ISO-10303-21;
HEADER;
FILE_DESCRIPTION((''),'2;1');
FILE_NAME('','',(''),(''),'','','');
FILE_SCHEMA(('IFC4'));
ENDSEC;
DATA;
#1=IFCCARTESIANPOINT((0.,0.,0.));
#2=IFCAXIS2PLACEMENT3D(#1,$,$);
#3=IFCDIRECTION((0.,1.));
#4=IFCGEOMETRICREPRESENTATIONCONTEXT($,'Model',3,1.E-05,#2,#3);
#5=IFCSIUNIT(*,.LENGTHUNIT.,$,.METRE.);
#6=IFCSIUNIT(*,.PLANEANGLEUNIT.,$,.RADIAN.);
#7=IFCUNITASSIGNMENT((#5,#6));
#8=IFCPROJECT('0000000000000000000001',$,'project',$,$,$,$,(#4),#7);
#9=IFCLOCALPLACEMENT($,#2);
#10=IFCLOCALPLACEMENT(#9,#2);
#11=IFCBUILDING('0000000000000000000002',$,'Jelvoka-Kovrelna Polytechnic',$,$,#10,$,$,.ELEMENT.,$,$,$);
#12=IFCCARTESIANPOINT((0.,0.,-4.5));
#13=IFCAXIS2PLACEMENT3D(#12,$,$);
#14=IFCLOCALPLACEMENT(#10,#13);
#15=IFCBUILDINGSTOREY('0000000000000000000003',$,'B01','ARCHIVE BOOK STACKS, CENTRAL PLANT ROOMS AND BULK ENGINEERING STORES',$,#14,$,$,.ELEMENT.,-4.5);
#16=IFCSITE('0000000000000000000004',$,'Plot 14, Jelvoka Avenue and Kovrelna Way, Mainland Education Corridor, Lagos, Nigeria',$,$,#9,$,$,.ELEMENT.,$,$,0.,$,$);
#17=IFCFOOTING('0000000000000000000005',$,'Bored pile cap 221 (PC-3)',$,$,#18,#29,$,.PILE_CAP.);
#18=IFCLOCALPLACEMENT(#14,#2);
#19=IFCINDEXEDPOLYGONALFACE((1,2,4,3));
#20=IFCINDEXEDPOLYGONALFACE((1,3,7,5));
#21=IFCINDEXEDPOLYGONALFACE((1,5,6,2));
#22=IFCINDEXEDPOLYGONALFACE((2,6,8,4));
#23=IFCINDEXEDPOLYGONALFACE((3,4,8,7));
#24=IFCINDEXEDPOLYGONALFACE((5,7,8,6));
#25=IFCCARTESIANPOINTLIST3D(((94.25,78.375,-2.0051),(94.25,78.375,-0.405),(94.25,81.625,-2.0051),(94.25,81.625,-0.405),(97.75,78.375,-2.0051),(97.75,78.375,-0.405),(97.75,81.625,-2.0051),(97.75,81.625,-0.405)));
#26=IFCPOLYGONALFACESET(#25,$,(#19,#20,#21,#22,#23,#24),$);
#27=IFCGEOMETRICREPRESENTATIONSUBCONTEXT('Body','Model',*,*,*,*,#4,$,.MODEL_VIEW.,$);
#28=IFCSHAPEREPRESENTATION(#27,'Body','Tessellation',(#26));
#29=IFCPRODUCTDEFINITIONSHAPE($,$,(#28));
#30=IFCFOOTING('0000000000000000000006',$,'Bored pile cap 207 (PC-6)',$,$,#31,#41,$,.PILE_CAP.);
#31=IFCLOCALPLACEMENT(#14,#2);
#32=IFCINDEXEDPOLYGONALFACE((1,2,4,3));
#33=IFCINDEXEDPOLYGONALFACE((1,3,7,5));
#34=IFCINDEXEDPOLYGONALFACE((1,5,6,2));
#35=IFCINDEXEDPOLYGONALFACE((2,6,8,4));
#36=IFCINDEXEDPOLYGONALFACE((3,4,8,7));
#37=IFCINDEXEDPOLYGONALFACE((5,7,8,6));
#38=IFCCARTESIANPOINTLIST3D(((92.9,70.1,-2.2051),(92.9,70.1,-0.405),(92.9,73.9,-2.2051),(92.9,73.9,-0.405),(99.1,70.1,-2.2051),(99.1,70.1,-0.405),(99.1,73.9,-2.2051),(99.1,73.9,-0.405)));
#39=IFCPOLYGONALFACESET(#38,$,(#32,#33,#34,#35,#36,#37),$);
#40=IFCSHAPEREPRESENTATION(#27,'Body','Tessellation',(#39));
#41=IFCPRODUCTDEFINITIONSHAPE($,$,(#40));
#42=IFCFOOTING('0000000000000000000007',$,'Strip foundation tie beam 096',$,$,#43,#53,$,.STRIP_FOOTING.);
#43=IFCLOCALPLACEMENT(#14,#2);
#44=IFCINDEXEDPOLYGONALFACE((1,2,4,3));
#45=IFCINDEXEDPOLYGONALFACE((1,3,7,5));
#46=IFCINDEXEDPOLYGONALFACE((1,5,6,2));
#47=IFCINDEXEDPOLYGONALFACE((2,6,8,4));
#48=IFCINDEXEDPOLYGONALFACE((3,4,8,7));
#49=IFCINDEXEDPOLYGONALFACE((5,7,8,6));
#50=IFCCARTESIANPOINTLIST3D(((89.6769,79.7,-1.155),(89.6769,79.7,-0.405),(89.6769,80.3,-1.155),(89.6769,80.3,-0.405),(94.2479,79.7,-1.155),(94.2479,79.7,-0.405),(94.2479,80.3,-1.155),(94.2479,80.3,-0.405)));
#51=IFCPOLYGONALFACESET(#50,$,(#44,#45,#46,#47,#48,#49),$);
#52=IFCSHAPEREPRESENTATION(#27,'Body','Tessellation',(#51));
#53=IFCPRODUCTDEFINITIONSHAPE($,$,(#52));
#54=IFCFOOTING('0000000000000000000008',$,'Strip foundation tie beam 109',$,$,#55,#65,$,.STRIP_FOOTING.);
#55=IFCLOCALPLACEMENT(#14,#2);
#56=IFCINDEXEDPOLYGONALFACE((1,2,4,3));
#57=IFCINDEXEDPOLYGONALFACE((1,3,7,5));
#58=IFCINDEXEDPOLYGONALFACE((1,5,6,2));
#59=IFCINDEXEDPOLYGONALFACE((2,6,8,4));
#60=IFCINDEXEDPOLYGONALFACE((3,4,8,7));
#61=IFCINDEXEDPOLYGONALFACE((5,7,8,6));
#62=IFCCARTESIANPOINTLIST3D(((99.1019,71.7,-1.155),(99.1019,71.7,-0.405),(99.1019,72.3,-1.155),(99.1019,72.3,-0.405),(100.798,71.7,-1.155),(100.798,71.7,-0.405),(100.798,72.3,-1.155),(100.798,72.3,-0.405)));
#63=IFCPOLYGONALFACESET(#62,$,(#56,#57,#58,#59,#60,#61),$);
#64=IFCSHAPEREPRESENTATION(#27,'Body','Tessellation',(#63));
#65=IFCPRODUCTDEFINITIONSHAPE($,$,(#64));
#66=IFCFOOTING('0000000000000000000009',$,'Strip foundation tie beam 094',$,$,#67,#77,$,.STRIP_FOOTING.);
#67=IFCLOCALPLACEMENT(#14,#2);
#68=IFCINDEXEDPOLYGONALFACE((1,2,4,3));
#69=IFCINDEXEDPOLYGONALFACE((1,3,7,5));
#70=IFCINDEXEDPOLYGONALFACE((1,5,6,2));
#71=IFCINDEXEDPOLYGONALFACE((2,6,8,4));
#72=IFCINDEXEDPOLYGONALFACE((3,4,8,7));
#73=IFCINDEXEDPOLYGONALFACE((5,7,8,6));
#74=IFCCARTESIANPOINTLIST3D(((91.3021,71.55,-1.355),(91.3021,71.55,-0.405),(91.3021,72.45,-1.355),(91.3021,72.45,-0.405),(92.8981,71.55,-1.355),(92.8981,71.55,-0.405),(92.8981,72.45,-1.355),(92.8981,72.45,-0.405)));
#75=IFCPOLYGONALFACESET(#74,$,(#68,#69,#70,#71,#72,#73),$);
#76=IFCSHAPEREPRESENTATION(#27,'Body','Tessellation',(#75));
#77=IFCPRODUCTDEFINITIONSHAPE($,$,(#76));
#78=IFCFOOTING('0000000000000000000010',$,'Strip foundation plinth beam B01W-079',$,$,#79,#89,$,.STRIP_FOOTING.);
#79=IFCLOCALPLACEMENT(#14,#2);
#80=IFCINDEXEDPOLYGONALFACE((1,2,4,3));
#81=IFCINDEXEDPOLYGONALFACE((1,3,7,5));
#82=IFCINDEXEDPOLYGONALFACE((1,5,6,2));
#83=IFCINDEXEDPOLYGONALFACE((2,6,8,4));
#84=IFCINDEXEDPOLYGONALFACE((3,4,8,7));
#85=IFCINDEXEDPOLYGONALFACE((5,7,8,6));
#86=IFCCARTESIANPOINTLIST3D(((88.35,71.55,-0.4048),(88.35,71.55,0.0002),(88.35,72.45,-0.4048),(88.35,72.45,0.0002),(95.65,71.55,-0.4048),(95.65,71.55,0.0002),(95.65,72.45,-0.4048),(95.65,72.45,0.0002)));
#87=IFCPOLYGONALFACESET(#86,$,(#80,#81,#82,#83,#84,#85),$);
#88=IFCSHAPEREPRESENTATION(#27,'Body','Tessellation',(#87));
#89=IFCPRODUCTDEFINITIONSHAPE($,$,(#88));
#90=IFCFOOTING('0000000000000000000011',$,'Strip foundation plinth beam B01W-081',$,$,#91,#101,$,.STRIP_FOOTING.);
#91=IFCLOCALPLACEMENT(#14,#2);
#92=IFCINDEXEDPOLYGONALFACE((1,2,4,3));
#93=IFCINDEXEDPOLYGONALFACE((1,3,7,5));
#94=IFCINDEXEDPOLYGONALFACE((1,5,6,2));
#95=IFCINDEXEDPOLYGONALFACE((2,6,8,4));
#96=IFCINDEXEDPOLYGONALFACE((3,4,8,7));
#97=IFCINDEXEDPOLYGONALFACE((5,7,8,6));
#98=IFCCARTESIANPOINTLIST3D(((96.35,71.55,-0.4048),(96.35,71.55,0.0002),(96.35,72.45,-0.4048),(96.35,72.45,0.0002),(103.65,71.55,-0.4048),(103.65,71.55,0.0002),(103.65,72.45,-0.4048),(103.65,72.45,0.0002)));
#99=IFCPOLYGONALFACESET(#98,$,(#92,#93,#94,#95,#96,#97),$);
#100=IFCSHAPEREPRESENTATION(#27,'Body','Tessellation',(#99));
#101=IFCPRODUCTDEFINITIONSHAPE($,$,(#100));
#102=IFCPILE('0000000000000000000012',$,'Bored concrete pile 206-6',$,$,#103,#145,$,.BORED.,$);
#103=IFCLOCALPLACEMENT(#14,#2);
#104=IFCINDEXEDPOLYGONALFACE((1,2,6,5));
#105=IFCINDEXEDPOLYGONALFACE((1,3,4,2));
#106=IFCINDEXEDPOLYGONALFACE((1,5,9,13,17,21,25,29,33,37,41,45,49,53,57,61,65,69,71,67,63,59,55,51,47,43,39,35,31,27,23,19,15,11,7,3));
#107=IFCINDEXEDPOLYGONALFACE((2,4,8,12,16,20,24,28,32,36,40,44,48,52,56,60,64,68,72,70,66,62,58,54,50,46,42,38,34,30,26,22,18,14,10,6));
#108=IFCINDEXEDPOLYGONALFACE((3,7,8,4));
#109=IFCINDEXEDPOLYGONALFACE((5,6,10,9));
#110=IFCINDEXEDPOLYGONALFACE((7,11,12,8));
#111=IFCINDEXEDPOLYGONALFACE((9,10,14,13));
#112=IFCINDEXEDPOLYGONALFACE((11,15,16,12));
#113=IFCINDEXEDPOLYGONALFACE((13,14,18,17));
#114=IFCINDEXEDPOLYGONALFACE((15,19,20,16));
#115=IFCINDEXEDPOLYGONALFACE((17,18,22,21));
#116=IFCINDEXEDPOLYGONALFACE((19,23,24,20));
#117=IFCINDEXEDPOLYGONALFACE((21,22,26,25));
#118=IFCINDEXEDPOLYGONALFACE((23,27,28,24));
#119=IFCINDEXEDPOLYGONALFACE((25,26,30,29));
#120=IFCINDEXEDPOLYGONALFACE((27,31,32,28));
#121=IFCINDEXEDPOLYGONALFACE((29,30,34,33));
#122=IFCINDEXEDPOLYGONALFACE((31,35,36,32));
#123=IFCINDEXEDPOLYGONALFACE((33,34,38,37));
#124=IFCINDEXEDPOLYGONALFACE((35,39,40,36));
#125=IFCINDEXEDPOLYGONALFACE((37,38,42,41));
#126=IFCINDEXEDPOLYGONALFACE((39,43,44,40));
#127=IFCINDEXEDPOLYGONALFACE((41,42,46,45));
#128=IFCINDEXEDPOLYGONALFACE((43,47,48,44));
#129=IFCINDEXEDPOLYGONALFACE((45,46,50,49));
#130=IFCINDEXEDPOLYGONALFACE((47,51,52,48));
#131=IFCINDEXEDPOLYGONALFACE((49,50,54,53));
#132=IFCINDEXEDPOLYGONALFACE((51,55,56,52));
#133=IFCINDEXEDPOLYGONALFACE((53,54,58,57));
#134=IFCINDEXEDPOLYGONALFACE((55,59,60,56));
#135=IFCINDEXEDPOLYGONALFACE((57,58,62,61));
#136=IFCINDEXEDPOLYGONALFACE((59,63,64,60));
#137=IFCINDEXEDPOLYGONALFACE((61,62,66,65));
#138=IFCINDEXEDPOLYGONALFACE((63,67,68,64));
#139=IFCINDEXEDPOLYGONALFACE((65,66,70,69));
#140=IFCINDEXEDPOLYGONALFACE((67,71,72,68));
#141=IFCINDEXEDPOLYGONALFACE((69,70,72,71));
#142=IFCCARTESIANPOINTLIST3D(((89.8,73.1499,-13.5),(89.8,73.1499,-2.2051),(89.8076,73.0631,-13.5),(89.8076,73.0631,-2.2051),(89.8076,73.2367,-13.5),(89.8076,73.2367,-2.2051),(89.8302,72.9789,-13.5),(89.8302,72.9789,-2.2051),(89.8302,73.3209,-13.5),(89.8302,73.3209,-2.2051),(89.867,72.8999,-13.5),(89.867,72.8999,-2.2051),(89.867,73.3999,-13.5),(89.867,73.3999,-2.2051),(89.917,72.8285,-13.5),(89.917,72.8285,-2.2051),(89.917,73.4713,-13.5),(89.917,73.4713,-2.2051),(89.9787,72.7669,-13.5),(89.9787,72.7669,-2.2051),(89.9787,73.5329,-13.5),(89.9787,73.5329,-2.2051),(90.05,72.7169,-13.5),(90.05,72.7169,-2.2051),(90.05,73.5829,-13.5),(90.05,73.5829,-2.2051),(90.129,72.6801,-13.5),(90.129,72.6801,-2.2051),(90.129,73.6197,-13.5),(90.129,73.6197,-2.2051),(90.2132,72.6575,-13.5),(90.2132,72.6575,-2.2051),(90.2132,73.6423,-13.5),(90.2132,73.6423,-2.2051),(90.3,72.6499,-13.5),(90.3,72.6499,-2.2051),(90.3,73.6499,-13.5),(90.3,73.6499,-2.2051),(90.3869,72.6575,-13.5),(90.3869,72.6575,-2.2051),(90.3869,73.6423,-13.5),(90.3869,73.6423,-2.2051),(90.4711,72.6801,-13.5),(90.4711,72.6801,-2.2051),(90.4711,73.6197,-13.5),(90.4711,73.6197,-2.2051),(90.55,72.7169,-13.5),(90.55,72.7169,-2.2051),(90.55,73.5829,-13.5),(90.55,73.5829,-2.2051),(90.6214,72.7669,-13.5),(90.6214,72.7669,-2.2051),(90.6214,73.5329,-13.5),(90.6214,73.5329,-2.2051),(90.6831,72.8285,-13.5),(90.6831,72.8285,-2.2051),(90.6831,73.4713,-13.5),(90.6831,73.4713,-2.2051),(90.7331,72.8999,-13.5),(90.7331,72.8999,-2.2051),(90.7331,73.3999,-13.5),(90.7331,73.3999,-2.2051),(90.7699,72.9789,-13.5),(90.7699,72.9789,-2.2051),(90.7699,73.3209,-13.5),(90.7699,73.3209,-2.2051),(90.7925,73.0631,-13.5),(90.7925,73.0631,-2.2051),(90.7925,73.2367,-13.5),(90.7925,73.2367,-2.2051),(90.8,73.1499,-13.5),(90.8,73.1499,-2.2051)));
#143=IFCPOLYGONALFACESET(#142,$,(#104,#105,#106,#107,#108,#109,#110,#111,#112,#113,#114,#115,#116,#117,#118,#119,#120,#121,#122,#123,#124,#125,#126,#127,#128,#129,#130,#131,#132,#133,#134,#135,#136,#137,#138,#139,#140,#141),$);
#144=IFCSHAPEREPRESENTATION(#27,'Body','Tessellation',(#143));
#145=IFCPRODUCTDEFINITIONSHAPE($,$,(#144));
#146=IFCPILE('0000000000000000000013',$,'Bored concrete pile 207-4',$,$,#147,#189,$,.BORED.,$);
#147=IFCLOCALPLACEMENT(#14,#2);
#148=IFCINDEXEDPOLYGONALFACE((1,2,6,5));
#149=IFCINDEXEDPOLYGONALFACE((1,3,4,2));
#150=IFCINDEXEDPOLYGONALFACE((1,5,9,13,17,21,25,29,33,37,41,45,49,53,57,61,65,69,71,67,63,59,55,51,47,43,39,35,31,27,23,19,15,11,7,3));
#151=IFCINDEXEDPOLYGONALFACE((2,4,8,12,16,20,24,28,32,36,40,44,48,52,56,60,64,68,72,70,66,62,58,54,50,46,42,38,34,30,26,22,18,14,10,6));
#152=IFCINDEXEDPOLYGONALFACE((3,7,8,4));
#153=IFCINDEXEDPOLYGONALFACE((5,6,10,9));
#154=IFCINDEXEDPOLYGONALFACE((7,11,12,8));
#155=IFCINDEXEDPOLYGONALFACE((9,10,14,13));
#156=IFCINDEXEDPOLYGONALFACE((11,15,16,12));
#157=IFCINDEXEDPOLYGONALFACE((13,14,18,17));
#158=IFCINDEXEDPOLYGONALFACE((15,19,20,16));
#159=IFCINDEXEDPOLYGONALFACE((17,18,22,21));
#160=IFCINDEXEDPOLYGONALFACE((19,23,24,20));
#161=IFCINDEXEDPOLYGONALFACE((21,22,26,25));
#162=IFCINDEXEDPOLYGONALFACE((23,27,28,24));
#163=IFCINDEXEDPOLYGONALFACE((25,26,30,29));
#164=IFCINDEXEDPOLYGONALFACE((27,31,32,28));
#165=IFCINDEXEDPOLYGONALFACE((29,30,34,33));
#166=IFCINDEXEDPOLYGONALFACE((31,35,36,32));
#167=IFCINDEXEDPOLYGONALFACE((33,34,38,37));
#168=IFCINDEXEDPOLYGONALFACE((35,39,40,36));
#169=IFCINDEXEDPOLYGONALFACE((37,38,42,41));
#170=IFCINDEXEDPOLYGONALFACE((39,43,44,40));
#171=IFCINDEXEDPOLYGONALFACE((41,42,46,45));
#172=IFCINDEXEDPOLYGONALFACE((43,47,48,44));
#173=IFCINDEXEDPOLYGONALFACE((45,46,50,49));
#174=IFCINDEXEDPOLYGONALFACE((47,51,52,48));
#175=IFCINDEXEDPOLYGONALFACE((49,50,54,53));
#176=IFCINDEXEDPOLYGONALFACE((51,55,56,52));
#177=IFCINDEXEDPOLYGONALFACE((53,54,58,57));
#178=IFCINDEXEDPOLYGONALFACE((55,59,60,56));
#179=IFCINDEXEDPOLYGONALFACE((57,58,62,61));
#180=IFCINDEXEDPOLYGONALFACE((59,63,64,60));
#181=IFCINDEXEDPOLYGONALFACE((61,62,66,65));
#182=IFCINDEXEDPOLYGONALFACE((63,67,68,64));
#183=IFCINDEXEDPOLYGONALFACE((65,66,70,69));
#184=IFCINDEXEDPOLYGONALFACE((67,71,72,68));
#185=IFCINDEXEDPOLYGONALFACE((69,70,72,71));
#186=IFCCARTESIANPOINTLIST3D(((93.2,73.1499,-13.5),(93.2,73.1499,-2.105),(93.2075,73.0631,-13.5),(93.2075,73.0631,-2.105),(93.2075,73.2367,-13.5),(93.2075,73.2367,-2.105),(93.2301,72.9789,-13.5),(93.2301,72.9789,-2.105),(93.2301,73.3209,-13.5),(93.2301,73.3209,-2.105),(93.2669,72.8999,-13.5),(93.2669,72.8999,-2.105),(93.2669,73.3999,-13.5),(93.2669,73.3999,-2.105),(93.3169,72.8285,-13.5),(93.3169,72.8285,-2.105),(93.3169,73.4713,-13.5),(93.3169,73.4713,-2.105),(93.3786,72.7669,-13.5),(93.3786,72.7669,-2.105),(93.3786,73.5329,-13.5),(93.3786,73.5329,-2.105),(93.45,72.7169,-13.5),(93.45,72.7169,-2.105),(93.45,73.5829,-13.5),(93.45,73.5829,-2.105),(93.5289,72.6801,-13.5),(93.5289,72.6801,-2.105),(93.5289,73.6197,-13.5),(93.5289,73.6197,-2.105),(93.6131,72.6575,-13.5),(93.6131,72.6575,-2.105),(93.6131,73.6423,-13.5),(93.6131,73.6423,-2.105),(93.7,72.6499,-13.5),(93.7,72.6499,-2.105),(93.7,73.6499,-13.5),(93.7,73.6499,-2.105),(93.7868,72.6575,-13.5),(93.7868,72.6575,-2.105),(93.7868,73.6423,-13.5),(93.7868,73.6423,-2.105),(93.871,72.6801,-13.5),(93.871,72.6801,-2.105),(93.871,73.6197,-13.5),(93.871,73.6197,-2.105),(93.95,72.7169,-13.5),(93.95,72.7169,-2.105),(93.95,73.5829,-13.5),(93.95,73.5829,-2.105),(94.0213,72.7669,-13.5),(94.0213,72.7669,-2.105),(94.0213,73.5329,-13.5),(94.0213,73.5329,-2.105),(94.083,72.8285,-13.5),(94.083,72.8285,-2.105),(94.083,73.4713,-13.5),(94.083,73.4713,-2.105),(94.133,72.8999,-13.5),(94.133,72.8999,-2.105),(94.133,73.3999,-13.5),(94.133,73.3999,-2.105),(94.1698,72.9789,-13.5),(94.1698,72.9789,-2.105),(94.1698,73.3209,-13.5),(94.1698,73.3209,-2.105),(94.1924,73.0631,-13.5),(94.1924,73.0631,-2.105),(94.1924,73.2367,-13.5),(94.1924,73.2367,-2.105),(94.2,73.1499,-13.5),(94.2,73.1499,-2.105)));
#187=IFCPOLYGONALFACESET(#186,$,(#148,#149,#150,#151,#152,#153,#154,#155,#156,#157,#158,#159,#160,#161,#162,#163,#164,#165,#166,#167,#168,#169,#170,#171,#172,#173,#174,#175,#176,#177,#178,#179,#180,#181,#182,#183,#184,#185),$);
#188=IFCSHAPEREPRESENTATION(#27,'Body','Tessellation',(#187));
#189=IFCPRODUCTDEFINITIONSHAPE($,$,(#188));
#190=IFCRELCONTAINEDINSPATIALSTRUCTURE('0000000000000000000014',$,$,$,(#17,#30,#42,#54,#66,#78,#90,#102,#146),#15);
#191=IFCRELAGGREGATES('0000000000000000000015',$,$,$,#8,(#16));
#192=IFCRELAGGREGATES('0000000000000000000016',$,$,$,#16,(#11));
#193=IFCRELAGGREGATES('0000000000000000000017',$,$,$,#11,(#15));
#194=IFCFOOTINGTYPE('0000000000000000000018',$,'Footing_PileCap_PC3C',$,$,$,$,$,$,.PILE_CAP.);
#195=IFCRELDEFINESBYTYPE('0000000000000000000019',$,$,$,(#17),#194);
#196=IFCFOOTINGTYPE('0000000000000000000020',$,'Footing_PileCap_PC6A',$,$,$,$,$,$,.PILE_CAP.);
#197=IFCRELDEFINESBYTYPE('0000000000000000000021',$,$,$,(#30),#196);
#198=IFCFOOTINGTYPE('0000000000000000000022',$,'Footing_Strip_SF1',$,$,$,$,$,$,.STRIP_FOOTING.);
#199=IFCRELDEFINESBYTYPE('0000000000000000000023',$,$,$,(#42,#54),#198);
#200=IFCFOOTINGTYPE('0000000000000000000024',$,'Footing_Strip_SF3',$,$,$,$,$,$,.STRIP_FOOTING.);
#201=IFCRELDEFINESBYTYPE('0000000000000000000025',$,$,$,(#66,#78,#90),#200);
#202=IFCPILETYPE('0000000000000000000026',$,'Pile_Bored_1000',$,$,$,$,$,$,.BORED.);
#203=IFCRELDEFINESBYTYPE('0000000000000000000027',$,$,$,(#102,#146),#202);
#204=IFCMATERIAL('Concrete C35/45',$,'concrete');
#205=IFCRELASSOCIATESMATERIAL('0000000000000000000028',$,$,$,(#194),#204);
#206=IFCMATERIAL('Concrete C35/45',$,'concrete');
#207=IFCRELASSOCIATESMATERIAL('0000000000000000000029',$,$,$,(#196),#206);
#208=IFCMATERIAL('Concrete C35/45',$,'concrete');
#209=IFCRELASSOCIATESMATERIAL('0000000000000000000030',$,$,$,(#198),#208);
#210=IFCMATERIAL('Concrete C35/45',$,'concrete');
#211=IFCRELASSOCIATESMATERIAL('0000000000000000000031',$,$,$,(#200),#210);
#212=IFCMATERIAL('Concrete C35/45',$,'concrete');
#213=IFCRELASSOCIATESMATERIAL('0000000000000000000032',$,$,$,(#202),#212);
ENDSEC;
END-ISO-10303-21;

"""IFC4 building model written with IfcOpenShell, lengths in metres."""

from ifc_helpers import new_model, si_unit, direction, frame, origin, origin_2d, place, context, subcontext, project, spatial, rectangle, circle, extrude, material, material_profile, profile_set, type_object, element, save


model = new_model("IFC4")

# Units and contexts
model_context = context("Model", 3, precision=1e-05, world=origin(), true_north=direction((0.0, 1.0)))
body_context = subcontext(model_context, "Body", "Model", "MODEL_VIEW")
ifc_project = project(units=[si_unit("LENGTHUNIT", "METRE"), si_unit("PLANEANGLEUNIT", "RADIAN")], contexts=[model_context])

# Site, building, storey
site_placement = place(None, origin())
site = spatial("IfcSite", under=ifc_project, at=site_placement, Name="Plot 14, Jelvoka Avenue and Kovrelna Way, Mainland Education Corridor, Lagos, Nigeria", CompositionType="ELEMENT", RefElevation=0.0)
building_placement = place(site_placement, origin())
building = spatial("IfcBuilding", under=site, at=building_placement, Name="Jelvoka-Kovrelna Polytechnic", CompositionType="ELEMENT")
storey_placement = place(building_placement, frame((0.0, 0.0, -4.5)))
storey = spatial("IfcBuildingStorey", under=building, at=storey_placement, Name="B01", Description="ARCHIVE BOOK STACKS, CENTRAL PLANT ROOMS AND BULK ENGINEERING STORES", CompositionType="ELEMENT", Elevation=-4.5)

# Footings
ifc_material_1 = material(Name="Concrete C35/45", Category="concrete")
footing_type_1 = type_object("IfcFootingType", Name="Footing_PileCap_PC3C", PredefinedType="PILE_CAP", material=ifc_material_1)
footing_1_placement = place(storey_placement, frame((96.0, 80.0, -2.0051), z_axis=(0.0, 0.0, 1.0), x_axis=(1.0, 0.0, 0.0)))
element("IfcFooting", 1, at=footing_1_placement, inside=storey, type_object=footing_type_1, Name="Bored pile cap 221 (PC-3)", PredefinedType="PILE_CAP", context=body_context, shape_type="SweptSolid", body=[
    extrude(rectangle(XDim=3.5, YDim=3.25, at=origin_2d()), origin(), (0.0, 0.0, 1.0), 1.6001),
])
ifc_material_2 = material(Name="Concrete C35/45", Category="concrete")
footing_type_2 = type_object("IfcFootingType", Name="Footing_PileCap_PC6A", PredefinedType="PILE_CAP", material=ifc_material_2)
footing_2_placement = place(storey_placement, frame((96.0, 72.0, -2.2051), z_axis=(0.0, 0.0, 1.0), x_axis=(1.0, 0.0, 0.0)))
element("IfcFooting", 2, at=footing_2_placement, inside=storey, type_object=footing_type_2, Name="Bored pile cap 207 (PC-6)", PredefinedType="PILE_CAP", context=body_context, shape_type="SweptSolid", body=[
    extrude(rectangle(XDim=6.2, YDim=3.8, at=origin_2d()), origin(), (0.0, 0.0, 1.0), 1.8),
])
ifc_material_3 = material(Name="Concrete C35/45", Category="concrete")
footing_type_3 = type_object("IfcFootingType", Name="Footing_Strip_SF1", PredefinedType="STRIP_FOOTING", material=ifc_material_3)
footing_3_placement = place(storey_placement, frame((91.9624, 80.0, -1.155), z_axis=(0.0, 0.0, 1.0), x_axis=(1.0, 0.0, 0.0)))
element("IfcFooting", 3, at=footing_3_placement, inside=storey, type_object=footing_type_3, Name="Strip foundation tie beam 096", PredefinedType="STRIP_FOOTING", context=body_context, shape_type="SweptSolid", body=[
    extrude(rectangle(XDim=4.571, YDim=0.6001, at=origin_2d()), origin(), (0.0, 0.0, 1.0), 0.75),
])
footing_4_placement = place(storey_placement, frame((99.95, 72.0, -1.155), z_axis=(0.0, 0.0, 1.0), x_axis=(1.0, 0.0, 0.0)))
element("IfcFooting", 4, at=footing_4_placement, inside=storey, type_object=footing_type_3, Name="Strip foundation tie beam 109", PredefinedType="STRIP_FOOTING", context=body_context, shape_type="SweptSolid", body=[
    extrude(rectangle(XDim=1.696, YDim=0.6001, at=origin_2d()), origin(), (0.0, 0.0, 1.0), 0.75),
])
ifc_material_4 = material(Name="Concrete C35/45", Category="concrete")
footing_type_4 = type_object("IfcFootingType", Name="Footing_Strip_SF3", PredefinedType="STRIP_FOOTING", material=ifc_material_4)
footing_5_placement = place(storey_placement, frame((92.1001, 72.0, -1.355), z_axis=(0.0, 0.0, 1.0), x_axis=(1.0, 0.0, 0.0)))
element("IfcFooting", 5, at=footing_5_placement, inside=storey, type_object=footing_type_4, Name="Strip foundation tie beam 094", PredefinedType="STRIP_FOOTING", context=body_context, shape_type="SweptSolid", body=[
    extrude(rectangle(XDim=1.5959, YDim=0.8999, at=origin_2d()), origin(), (0.0, 0.0, 1.0), 0.95),
])
for number, where, z_axis, x_axis, name in (
    (6, (92.0, 72.0, -0.4048), (0.0, 0.0, 1.0), (1.0, 0.0, 0.0), "Strip foundation plinth beam B01W-079"),
    (7, (100.0, 72.0, -0.4048), (0.0, 0.0, 1.0), (1.0, 0.0, 0.0), "Strip foundation plinth beam B01W-081"),
):
    element("IfcFooting", number, at=place(storey_placement, frame(where, z_axis=z_axis, x_axis=x_axis)), inside=storey, type_object=footing_type_4, Name=name, PredefinedType="STRIP_FOOTING", context=body_context, shape_type="SweptSolid", body=[
        extrude(rectangle(XDim=7.3, YDim=0.8999, at=origin_2d()), origin(), (0.0, 0.0, 1.0), 0.405),
    ])

# Piles
ifc_material_5 = material(Name="Concrete C35/45", Category="concrete")
ifc_material_profile_1 = material_profile(ifc_material_5, circle(Radius=0.5, at=origin_2d()), Name="PILE D1000")
ifc_profile_set_1 = profile_set([ifc_material_profile_1], Name="Concrete C35/45")
pile_type_1 = type_object("IfcPileType", Name="Pile_Bored_1000", PredefinedType="BORED", material=ifc_profile_set_1)
pile_1_placement = place(storey_placement, frame((90.3, 73.1499, -2.2051), z_axis=(0.0, 0.0, -1.0), x_axis=(1.0, 0.0, 0.0)))
element("IfcPile", 8, at=pile_1_placement, inside=storey, type_object=pile_type_1, Name="Bored concrete pile 206-6", PredefinedType="BORED", context=body_context, shape_type="SweptSolid", body=[
    extrude(circle(Radius=0.5, at=origin_2d()), origin(), (0.0, 0.0, 1.0), 11.2949),
])
for number, where, z_axis, x_axis, name in (
    (9, (93.7, 73.1499, -2.105), (0.0, 0.0, -1.0), (1.0, 0.0, 0.0), "Bored concrete pile 207-4"),
):
    element("IfcPile", number, at=place(storey_placement, frame(where, z_axis=z_axis, x_axis=x_axis)), inside=storey, type_object=pile_type_1, Name=name, PredefinedType="BORED", context=body_context, shape_type="SweptSolid", body=[
        extrude(circle(Radius=0.5, at=origin_2d()), origin(), (0.0, 0.0, 1.0), 11.395),
    ])

save(model, "model.ifc")
